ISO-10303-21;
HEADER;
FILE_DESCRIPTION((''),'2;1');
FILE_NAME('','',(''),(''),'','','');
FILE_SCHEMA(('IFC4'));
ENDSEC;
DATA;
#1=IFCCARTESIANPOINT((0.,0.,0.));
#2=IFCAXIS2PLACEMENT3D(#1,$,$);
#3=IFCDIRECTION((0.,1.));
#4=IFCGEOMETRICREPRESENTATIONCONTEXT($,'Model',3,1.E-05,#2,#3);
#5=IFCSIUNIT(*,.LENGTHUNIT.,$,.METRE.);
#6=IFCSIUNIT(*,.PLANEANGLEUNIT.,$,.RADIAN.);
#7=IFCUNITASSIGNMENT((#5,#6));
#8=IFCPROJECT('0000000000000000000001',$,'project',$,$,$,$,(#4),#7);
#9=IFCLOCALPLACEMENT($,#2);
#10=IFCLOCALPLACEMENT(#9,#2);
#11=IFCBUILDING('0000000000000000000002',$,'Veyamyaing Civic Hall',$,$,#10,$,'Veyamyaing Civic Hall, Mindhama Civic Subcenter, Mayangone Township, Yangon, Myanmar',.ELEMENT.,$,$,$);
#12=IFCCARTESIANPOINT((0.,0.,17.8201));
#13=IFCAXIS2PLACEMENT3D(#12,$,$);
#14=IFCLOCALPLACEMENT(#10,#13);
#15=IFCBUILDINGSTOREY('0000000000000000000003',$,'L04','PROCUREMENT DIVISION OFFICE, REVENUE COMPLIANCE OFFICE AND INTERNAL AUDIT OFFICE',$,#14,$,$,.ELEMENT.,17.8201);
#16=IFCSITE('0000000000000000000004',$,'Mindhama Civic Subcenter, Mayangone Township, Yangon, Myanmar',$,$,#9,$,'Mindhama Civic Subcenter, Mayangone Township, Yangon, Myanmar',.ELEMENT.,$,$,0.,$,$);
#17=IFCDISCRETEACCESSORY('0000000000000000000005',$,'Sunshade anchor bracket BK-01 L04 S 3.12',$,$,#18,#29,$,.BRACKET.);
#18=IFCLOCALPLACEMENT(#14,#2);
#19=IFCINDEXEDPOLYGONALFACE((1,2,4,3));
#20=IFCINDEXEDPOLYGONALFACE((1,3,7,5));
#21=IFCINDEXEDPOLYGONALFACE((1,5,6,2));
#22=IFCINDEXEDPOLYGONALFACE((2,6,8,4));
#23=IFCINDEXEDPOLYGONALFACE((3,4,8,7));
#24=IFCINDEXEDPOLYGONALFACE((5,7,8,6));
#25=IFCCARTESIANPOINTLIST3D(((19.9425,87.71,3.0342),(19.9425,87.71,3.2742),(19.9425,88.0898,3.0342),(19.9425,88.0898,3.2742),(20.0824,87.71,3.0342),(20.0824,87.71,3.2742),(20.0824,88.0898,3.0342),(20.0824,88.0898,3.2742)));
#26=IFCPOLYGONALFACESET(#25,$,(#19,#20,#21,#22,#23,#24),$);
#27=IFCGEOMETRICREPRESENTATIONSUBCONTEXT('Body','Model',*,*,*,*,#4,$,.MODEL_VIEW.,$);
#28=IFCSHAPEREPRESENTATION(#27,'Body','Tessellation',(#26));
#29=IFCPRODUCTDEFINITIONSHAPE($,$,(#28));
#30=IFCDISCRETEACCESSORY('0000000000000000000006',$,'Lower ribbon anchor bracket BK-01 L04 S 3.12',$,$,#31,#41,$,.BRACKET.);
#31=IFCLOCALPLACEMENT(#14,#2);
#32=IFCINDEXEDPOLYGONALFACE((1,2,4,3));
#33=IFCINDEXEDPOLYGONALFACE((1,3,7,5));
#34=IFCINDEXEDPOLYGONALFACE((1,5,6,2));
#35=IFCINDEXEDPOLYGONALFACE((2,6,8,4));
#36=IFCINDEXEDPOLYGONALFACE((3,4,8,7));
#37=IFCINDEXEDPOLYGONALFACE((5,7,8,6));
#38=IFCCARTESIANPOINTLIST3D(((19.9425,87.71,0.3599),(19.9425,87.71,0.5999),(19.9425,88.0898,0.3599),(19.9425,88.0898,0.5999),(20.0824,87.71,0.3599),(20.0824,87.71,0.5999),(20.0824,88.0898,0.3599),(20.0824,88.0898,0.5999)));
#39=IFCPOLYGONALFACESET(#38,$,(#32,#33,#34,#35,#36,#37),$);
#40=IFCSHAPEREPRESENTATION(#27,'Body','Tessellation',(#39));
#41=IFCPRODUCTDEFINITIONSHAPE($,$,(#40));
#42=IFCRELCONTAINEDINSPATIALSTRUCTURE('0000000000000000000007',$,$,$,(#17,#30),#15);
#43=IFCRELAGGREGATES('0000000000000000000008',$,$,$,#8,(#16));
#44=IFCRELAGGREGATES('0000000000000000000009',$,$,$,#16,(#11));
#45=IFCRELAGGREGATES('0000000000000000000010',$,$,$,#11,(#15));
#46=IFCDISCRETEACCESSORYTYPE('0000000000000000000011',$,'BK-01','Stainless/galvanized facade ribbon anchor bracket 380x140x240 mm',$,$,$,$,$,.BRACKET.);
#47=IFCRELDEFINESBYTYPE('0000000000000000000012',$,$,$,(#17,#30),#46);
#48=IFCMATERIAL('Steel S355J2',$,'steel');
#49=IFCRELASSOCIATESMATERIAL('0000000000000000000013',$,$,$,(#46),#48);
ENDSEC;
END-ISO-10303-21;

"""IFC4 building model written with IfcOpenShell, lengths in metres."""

from ifc_helpers import new_model, si_unit, direction, frame, origin, origin_2d, place, context, subcontext, project, spatial, rectangle, extrude, material, type_object, element, save


model = new_model("IFC4")

# Units and contexts
model_context = context("Model", 3, precision=1e-05, world=origin(), true_north=direction((0.0, 1.0)))
body_context = subcontext(model_context, "Body", "Model", "MODEL_VIEW")
ifc_project = project(units=[si_unit("LENGTHUNIT", "METRE"), si_unit("PLANEANGLEUNIT", "RADIAN")], contexts=[model_context])

# Site, building, storey
site_placement = place(None, origin())
site = spatial("IfcSite", under=ifc_project, at=site_placement, Name="Mindhama Civic Subcenter, Mayangone Township, Yangon, Myanmar", LongName="Mindhama Civic Subcenter, Mayangone Township, Yangon, Myanmar", CompositionType="ELEMENT", RefElevation=0.0)
building_placement = place(site_placement, origin())
building = spatial("IfcBuilding", under=site, at=building_placement, Name="Veyamyaing Civic Hall", LongName="Veyamyaing Civic Hall, Mindhama Civic Subcenter, Mayangone Township, Yangon, Myanmar", CompositionType="ELEMENT")
storey_placement = place(building_placement, frame((0.0, 0.0, 17.8201)))
storey = spatial("IfcBuildingStorey", under=building, at=storey_placement, Name="L04", Description="PROCUREMENT DIVISION OFFICE, REVENUE COMPLIANCE OFFICE AND INTERNAL AUDIT OFFICE", CompositionType="ELEMENT", Elevation=17.8201)

# Discrete accessories
ifc_material_1 = material(Name="Steel S355J2", Category="steel")
discrete_accessory_type = type_object("IfcDiscreteAccessoryType", Name="BK-01", Description="Stainless/galvanized facade ribbon anchor bracket 380x140x240 mm", PredefinedType="BRACKET", material=ifc_material_1)
for number, where, z_axis, x_axis, name in (
    (1, (20.0125, 87.8999, 3.0342), (0.0, 0.0, 1.0), (0.0, -1.0, 0.0), "Sunshade anchor bracket BK-01 L04 S 3.12"),
    (2, (20.0125, 87.8999, 0.3599), (0.0, 0.0, 1.0), (0.0, -1.0, 0.0), "Lower ribbon anchor bracket BK-01 L04 S 3.12"),
):
    element("IfcDiscreteAccessory", number, at=place(storey_placement, frame(where, z_axis=z_axis, x_axis=x_axis)), inside=storey, type_object=discrete_accessory_type, Name=name, PredefinedType="BRACKET", context=body_context, shape_type="SweptSolid", body=[
        extrude(rectangle(XDim=0.3799, YDim=0.1399, at=origin_2d()), origin(), (0.0, 0.0, 1.0), 0.24),
    ])

save(model, "model.ifc")
